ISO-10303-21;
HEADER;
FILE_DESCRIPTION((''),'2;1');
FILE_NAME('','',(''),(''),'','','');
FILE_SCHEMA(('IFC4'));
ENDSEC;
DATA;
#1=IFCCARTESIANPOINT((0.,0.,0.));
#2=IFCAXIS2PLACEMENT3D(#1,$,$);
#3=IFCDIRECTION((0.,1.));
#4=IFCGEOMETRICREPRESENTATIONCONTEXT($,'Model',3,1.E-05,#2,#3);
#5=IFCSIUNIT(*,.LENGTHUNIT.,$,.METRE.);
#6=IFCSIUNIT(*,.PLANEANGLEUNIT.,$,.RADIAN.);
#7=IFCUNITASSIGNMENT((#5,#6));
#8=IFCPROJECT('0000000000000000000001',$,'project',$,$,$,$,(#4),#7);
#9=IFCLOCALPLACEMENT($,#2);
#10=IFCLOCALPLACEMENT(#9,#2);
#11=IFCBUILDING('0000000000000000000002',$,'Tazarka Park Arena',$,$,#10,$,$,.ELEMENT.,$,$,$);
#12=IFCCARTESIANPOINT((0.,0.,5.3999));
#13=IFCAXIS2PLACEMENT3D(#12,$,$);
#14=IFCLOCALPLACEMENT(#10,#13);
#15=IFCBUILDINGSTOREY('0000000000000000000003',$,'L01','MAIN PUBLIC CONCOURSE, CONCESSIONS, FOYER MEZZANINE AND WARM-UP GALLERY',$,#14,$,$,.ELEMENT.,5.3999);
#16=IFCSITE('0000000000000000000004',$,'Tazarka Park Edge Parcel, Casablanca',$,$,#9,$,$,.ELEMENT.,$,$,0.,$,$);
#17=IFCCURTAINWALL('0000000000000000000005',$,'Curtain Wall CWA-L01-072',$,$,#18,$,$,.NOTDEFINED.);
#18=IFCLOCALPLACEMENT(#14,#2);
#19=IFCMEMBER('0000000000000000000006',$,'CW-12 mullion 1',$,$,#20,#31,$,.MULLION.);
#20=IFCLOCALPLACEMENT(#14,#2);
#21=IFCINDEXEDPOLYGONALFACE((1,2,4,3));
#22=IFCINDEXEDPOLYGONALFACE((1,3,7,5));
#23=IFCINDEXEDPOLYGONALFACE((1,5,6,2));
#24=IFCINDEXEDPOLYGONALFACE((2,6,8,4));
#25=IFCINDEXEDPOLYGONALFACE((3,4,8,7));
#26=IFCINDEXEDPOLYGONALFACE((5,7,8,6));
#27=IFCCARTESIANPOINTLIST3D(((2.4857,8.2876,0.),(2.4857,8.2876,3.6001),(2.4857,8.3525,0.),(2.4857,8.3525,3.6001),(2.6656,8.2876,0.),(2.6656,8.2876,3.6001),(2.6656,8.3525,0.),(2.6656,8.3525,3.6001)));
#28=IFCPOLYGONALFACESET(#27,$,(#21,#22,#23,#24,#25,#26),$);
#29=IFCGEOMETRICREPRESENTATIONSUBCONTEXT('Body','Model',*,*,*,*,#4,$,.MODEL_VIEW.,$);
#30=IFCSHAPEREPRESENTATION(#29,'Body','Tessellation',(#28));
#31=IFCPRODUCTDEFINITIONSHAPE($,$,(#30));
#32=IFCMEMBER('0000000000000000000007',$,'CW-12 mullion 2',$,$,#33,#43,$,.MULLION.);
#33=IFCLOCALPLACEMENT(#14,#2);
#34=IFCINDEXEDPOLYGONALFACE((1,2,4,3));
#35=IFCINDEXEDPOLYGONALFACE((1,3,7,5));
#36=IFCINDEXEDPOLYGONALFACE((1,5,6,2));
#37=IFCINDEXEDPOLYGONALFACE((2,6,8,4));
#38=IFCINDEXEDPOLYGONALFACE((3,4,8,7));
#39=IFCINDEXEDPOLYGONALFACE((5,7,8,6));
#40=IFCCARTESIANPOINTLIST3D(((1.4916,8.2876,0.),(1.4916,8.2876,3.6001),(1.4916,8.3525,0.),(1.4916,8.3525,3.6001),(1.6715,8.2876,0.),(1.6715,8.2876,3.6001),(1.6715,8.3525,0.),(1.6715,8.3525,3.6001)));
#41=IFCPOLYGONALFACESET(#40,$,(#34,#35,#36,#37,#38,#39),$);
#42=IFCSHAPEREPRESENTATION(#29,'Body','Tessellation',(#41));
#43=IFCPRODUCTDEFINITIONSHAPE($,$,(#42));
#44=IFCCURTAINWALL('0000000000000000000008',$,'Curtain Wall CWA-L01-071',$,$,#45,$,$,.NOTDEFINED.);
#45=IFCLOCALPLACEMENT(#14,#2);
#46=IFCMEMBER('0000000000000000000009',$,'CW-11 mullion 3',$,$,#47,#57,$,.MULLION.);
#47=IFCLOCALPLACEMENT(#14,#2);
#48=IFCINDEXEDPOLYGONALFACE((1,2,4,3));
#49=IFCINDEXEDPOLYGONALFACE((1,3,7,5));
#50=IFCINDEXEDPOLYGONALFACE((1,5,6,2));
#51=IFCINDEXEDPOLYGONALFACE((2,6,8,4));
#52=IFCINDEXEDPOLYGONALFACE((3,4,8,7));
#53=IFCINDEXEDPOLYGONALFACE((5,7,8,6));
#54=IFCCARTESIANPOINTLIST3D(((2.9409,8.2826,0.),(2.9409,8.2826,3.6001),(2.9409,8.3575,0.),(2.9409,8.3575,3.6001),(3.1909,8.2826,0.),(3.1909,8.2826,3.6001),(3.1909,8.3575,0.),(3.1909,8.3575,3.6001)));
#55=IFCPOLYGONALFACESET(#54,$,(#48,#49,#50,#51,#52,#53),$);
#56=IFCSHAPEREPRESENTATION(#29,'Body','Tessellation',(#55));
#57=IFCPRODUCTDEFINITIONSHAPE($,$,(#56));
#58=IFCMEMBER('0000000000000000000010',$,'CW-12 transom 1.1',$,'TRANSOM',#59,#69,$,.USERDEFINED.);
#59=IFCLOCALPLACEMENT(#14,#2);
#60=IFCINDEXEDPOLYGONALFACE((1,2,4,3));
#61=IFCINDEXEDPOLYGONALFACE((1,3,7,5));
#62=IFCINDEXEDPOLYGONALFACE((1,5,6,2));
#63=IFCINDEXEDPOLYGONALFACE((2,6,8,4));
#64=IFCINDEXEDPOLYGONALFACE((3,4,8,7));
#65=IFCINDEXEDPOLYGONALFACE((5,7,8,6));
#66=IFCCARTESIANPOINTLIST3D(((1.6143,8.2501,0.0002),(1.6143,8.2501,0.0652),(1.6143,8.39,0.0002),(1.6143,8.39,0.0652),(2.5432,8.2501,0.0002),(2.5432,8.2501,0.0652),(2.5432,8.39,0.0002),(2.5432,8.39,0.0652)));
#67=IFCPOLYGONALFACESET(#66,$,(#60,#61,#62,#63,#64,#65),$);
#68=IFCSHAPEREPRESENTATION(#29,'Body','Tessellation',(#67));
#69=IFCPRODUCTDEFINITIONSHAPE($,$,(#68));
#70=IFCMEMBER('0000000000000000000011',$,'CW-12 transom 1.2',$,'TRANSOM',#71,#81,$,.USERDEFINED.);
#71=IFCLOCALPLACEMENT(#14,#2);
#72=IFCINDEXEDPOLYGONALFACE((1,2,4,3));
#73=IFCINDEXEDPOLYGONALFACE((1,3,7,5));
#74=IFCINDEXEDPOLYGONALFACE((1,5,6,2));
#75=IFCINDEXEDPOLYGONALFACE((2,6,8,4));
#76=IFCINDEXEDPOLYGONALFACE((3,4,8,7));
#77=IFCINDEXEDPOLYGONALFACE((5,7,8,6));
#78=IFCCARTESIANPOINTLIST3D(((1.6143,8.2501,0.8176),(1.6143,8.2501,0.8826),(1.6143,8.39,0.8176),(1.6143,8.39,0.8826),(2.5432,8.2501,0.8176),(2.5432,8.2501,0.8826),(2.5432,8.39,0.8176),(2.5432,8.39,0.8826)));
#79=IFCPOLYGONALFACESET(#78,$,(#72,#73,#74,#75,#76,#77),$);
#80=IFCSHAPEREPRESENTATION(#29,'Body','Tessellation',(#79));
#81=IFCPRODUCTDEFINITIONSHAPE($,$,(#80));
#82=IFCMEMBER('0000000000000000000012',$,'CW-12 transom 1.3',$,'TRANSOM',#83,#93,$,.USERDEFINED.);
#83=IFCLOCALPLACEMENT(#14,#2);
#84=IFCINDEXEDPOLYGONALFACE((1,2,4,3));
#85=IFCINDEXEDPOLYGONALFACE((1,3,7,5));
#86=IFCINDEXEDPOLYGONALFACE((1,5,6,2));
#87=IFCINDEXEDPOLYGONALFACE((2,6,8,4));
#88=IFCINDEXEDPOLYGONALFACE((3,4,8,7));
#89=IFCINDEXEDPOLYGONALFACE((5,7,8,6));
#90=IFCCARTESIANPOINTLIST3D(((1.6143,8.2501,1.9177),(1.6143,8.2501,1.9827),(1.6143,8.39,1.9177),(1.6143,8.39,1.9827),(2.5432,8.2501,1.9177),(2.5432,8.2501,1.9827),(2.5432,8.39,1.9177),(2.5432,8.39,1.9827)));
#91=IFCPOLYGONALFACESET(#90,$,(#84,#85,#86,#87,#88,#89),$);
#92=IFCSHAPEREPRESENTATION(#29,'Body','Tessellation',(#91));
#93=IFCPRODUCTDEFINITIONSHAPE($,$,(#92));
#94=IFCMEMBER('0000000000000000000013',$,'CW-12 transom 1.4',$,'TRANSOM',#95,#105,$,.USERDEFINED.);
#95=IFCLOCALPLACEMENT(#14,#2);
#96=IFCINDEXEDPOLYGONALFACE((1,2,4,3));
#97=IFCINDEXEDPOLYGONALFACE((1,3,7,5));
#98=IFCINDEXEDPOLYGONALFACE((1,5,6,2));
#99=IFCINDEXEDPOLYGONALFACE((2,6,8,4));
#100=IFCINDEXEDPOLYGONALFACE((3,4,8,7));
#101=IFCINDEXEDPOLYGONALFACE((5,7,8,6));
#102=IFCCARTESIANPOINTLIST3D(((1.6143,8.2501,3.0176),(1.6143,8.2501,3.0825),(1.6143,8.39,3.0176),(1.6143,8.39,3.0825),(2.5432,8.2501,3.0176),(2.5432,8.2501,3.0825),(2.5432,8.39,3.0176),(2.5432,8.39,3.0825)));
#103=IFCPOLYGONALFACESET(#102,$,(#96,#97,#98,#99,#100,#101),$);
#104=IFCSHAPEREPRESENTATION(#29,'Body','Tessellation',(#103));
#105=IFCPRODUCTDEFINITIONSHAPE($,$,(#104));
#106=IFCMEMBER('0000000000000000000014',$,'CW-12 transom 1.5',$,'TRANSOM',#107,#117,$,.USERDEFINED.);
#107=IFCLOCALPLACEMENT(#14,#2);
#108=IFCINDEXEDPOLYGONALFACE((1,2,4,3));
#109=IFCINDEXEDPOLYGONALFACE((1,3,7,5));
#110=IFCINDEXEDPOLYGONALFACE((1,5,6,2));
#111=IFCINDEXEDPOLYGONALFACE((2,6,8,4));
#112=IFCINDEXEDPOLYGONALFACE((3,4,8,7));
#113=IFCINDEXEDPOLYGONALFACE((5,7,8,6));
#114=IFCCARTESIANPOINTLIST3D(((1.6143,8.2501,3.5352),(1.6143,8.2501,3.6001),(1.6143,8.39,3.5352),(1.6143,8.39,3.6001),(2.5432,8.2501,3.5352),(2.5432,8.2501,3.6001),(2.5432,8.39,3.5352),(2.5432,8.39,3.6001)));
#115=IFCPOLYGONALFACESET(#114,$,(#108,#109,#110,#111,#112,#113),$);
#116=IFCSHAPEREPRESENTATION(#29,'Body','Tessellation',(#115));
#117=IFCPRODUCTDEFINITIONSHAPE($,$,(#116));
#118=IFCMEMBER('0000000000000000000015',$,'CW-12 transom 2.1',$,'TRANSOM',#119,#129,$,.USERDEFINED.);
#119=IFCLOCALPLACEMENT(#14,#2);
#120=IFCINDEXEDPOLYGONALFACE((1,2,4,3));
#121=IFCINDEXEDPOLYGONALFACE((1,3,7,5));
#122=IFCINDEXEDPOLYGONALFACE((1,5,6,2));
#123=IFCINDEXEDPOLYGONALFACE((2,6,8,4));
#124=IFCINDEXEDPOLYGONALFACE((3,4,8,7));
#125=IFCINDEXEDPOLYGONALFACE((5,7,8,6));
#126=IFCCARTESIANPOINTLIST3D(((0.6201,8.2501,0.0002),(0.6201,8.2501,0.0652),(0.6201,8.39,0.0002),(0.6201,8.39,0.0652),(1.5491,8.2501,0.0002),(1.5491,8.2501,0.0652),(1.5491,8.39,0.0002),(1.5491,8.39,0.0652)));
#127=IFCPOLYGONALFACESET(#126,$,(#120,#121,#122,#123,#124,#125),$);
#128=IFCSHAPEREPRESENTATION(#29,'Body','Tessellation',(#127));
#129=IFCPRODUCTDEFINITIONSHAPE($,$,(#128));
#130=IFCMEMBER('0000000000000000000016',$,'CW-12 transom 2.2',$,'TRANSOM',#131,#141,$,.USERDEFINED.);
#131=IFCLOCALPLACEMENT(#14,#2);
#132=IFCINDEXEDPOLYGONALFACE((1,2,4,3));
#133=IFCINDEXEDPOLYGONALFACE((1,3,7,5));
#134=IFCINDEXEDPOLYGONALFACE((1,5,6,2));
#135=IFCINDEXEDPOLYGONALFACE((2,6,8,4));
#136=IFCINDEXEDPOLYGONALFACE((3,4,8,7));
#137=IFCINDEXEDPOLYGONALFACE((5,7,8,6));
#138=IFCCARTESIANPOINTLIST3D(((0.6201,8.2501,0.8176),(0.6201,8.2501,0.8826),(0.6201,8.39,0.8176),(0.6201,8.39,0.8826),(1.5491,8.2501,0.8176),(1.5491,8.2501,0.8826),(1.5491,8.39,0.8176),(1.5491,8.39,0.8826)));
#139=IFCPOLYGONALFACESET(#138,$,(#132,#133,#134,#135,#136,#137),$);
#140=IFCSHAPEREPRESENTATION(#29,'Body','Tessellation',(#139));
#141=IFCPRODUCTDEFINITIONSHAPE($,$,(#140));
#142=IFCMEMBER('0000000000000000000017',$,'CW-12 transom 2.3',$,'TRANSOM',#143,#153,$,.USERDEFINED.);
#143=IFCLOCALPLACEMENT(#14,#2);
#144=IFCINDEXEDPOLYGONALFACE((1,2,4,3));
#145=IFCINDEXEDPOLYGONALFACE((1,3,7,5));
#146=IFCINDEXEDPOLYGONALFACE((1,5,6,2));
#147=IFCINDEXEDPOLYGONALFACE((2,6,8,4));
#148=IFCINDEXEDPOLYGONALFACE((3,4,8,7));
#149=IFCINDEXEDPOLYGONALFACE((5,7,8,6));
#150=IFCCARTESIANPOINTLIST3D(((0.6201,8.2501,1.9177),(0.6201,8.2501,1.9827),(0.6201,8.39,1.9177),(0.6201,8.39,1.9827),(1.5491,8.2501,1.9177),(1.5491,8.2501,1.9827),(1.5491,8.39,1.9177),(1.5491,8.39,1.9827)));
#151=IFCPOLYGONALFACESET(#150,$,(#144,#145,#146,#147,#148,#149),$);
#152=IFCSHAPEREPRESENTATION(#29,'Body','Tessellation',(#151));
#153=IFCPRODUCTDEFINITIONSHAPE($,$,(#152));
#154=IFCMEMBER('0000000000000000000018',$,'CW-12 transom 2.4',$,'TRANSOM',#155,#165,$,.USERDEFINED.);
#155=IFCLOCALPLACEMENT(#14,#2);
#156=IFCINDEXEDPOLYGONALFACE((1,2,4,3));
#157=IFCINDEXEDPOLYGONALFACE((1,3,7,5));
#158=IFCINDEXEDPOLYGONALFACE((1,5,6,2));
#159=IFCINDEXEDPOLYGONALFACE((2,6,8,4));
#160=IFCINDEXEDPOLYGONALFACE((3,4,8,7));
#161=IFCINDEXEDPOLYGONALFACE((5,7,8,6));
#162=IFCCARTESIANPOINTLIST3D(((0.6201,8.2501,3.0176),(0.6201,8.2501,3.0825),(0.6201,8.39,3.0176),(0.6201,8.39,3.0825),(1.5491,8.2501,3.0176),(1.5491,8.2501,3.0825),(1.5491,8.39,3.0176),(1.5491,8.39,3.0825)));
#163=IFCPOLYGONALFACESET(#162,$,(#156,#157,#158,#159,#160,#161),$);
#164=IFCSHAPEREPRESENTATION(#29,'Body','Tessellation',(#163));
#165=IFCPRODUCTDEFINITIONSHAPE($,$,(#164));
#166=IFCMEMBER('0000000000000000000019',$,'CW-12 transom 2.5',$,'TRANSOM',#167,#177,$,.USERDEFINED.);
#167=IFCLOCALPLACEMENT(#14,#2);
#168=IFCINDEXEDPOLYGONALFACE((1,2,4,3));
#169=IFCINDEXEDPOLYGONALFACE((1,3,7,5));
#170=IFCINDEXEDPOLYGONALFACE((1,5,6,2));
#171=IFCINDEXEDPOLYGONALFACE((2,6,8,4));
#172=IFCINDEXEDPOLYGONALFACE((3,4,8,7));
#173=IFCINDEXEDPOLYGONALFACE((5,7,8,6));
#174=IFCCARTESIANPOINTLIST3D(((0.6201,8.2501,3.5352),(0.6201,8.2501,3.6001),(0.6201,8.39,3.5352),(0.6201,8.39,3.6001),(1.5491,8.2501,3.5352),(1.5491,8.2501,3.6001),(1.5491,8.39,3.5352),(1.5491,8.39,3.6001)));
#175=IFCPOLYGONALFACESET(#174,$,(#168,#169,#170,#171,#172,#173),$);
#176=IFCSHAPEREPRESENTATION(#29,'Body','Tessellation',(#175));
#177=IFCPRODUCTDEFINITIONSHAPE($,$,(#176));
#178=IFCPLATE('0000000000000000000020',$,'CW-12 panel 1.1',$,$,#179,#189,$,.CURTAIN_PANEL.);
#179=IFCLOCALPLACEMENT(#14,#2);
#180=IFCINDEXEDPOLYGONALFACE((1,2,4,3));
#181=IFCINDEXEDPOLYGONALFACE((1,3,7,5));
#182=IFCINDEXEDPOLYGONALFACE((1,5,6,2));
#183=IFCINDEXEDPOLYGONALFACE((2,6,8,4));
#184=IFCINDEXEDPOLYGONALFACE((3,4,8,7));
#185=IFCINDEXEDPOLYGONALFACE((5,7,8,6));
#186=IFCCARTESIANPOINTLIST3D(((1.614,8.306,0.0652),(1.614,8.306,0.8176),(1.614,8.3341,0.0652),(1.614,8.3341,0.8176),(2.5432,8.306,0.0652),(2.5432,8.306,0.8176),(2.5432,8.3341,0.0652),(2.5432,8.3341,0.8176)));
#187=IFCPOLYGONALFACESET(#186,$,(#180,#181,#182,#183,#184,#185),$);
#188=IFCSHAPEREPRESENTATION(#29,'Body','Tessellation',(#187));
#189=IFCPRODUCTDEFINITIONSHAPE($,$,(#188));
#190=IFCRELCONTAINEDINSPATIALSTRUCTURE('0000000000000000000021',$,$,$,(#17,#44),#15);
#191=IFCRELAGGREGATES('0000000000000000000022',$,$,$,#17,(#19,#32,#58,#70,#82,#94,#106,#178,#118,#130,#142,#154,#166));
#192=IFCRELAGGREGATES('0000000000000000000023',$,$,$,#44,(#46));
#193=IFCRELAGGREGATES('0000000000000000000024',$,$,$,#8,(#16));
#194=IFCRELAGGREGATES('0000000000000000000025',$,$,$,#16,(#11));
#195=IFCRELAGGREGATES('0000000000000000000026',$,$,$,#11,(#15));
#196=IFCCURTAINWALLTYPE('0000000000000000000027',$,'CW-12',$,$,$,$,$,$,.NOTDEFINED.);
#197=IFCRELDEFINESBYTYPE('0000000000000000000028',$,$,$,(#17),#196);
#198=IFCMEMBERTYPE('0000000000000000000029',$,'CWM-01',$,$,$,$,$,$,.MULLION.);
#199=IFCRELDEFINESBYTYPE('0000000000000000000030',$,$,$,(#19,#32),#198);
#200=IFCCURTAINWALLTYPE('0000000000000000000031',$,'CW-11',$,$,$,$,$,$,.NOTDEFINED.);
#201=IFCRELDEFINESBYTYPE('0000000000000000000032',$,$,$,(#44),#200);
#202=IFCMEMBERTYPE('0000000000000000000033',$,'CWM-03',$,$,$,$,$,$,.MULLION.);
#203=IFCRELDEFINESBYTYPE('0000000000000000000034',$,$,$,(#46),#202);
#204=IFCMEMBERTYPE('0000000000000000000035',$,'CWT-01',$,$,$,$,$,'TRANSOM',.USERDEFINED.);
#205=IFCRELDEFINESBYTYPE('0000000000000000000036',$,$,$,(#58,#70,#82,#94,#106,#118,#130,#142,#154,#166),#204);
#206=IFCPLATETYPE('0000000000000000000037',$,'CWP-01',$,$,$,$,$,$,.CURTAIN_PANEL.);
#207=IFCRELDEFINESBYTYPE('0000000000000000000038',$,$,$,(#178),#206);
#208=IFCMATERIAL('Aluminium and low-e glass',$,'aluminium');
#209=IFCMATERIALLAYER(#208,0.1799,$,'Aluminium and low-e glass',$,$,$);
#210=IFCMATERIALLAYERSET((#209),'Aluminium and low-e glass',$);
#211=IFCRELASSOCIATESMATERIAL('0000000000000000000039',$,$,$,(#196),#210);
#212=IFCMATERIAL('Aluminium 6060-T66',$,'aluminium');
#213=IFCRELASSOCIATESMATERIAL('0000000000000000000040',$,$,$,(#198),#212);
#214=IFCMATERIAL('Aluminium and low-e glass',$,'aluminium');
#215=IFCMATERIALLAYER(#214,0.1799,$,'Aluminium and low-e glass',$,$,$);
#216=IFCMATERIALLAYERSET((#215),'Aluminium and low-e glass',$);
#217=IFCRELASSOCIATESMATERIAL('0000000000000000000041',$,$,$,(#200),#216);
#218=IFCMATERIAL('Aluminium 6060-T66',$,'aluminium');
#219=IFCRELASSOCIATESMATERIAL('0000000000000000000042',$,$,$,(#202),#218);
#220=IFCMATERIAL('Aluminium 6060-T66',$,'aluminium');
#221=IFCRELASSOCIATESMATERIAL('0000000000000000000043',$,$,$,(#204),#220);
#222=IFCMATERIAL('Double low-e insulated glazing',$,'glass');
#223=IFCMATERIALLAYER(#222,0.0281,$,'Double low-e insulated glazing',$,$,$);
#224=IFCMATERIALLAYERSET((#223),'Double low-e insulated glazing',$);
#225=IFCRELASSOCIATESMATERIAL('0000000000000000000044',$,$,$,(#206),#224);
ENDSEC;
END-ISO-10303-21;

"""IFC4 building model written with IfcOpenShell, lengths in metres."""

from ifc_helpers import new_model, si_unit, direction, frame, origin, origin_2d, place, context, subcontext, project, spatial, rectangle, extrude, material, layer, layer_set, material_profile, profile_set, type_object, element, aggregate, save


model = new_model("IFC4")

# Units and contexts
model_context = context("Model", 3, precision=1e-05, world=origin(), true_north=direction((0.0, 1.0)))
body_context = subcontext(model_context, "Body", "Model", "MODEL_VIEW")
ifc_project = project(units=[si_unit("LENGTHUNIT", "METRE"), si_unit("PLANEANGLEUNIT", "RADIAN")], contexts=[model_context])

# Site, building, storey
site_placement = place(None, origin())
site = spatial("IfcSite", under=ifc_project, at=site_placement, Name="Tazarka Park Edge Parcel, Casablanca", CompositionType="ELEMENT", RefElevation=0.0)
building_placement = place(site_placement, origin())
building = spatial("IfcBuilding", under=site, at=building_placement, Name="Tazarka Park Arena", CompositionType="ELEMENT")
storey_placement = place(building_placement, frame((0.0, 0.0, 5.3999)))
storey = spatial("IfcBuildingStorey", under=building, at=storey_placement, Name="L01", Description="MAIN PUBLIC CONCOURSE, CONCESSIONS, FOYER MEZZANINE AND WARM-UP GALLERY", CompositionType="ELEMENT", Elevation=5.3999)

# Curtain wall, members
ifc_material_1 = material(Name="Aluminium and low-e glass", Category="aluminium")
ifc_layer_1 = layer(ifc_material_1, 0.1799, Name="Aluminium and low-e glass")
ifc_layer_set_1 = layer_set([ifc_layer_1], Name="Aluminium and low-e glass")
curtain_wall_type_1 = type_object("IfcCurtainWallType", Name="CW-12", PredefinedType="NOTDEFINED", material=ifc_layer_set_1)
curtain_wall_1_placement = place(storey_placement, origin())
curtain_wall_1 = element("IfcCurtainWall", 1, at=curtain_wall_1_placement, inside=storey, type_object=curtain_wall_type_1, Name="Curtain Wall CWA-L01-072", PredefinedType="NOTDEFINED")
ifc_material_2 = material(Name="Aluminium 6060-T66", Category="aluminium")
ifc_material_profile_1 = material_profile(ifc_material_2, rectangle(XDim=0.0649, YDim=0.1799, at=origin_2d()), Name="Aluminium 6060-T66")
ifc_profile_set_1 = profile_set([ifc_material_profile_1], Name="Aluminium 6060-T66")
member_type_1 = type_object("IfcMemberType", Name="CWM-01", PredefinedType="MULLION", material=ifc_profile_set_1)
member_1_placement = place(storey_placement, frame((2.5757, 8.3201, 0.0), z_axis=(0.0, 0.0, 1.0), x_axis=(0.0, -1.0, 0.0)))
member_1 = element("IfcMember", 2, at=member_1_placement, type_object=member_type_1, Name="CW-12 mullion 1", PredefinedType="MULLION", context=body_context, shape_type="SweptSolid", body=[
    extrude(rectangle(XDim=0.0649, YDim=0.1799, at=origin_2d()), origin(), (0.0, 0.0, 1.0), 3.6001),
])
member_2_placement = place(storey_placement, frame((1.5815, 8.3201, 0.0), z_axis=(0.0, 0.0, 1.0), x_axis=(0.0, -1.0, 0.0)))
member_2 = element("IfcMember", 3, at=member_2_placement, type_object=member_type_1, Name="CW-12 mullion 2", PredefinedType="MULLION", context=body_context, shape_type="SweptSolid", body=[
    extrude(rectangle(XDim=0.0649, YDim=0.1799, at=origin_2d()), origin(), (0.0, 0.0, 1.0), 3.6001),
])

# Curtain wall, member
ifc_material_3 = material(Name="Aluminium and low-e glass", Category="aluminium")
ifc_layer_2 = layer(ifc_material_3, 0.1799, Name="Aluminium and low-e glass")
ifc_layer_set_2 = layer_set([ifc_layer_2], Name="Aluminium and low-e glass")
curtain_wall_type_2 = type_object("IfcCurtainWallType", Name="CW-11", PredefinedType="NOTDEFINED", material=ifc_layer_set_2)
curtain_wall_2_placement = place(storey_placement, origin())
curtain_wall_2 = element("IfcCurtainWall", 4, at=curtain_wall_2_placement, inside=storey, type_object=curtain_wall_type_2, Name="Curtain Wall CWA-L01-071", PredefinedType="NOTDEFINED")
ifc_material_4 = material(Name="Aluminium 6060-T66", Category="aluminium")
ifc_material_profile_2 = material_profile(ifc_material_4, rectangle(XDim=0.075, YDim=0.25, at=origin_2d()), Name="Aluminium 6060-T66")
ifc_profile_set_2 = profile_set([ifc_material_profile_2], Name="Aluminium 6060-T66")
member_type_2 = type_object("IfcMemberType", Name="CWM-03", PredefinedType="MULLION", material=ifc_profile_set_2)
member_3_placement = place(storey_placement, frame((3.0659, 8.3201, 0.0), z_axis=(0.0, 0.0, 1.0), x_axis=(0.0, -1.0, 0.0)))
member_3 = element("IfcMember", 5, at=member_3_placement, type_object=member_type_2, Name="CW-11 mullion 3", PredefinedType="MULLION", context=body_context, shape_type="SweptSolid", body=[
    extrude(rectangle(XDim=0.075, YDim=0.25, at=origin_2d()), origin(), (0.0, 0.0, 1.0), 3.6001),
])

# Members
ifc_material_5 = material(Name="Aluminium 6060-T66", Category="aluminium")
ifc_material_profile_3 = material_profile(ifc_material_5, rectangle(XDim=0.1399, YDim=0.0649, at=origin_2d()), Name="Aluminium 6060-T66")
ifc_profile_set_3 = profile_set([ifc_material_profile_3], Name="Aluminium 6060-T66")
member_type_3 = type_object("IfcMemberType", Name="CWT-01", ElementType="TRANSOM", PredefinedType="USERDEFINED", material=ifc_profile_set_3)
member_4_placement = place(storey_placement, frame((2.5432, 8.3201, 0.0327), z_axis=(-1.0, 0.0, 0.0), x_axis=(0.0, -1.0, 0.0)))
member_4 = element("IfcMember", 6, at=member_4_placement, type_object=member_type_3, Name="CW-12 transom 1.1", ObjectType="TRANSOM", PredefinedType="USERDEFINED", context=body_context, shape_type="SweptSolid", body=[
    extrude(rectangle(XDim=0.1399, YDim=0.0649, at=origin_2d()), origin(), (0.0, 0.0, 1.0), 0.929),
])
member_5_placement = place(storey_placement, frame((2.5432, 8.3201, 0.8501), z_axis=(-1.0, 0.0, 0.0), x_axis=(0.0, -1.0, 0.0)))
member_5 = element("IfcMember", 7, at=member_5_placement, type_object=member_type_3, Name="CW-12 transom 1.2", ObjectType="TRANSOM", PredefinedType="USERDEFINED", context=body_context, shape_type="SweptSolid", body=[
    extrude(rectangle(XDim=0.1399, YDim=0.0649, at=origin_2d()), origin(), (0.0, 0.0, 1.0), 0.929),
])
member_6_placement = place(storey_placement, frame((2.5432, 8.3201, 1.9502), z_axis=(-1.0, 0.0, 0.0), x_axis=(0.0, -1.0, 0.0)))
member_6 = element("IfcMember", 8, at=member_6_placement, type_object=member_type_3, Name="CW-12 transom 1.3", ObjectType="TRANSOM", PredefinedType="USERDEFINED", context=body_context, shape_type="SweptSolid", body=[
    extrude(rectangle(XDim=0.1399, YDim=0.0649, at=origin_2d()), origin(), (0.0, 0.0, 1.0), 0.929),
])
member_7_placement = place(storey_placement, frame((2.5432, 8.3201, 3.05), z_axis=(-1.0, 0.0, 0.0), x_axis=(0.0, -1.0, 0.0)))
member_7 = element("IfcMember", 9, at=member_7_placement, type_object=member_type_3, Name="CW-12 transom 1.4", ObjectType="TRANSOM", PredefinedType="USERDEFINED", context=body_context, shape_type="SweptSolid", body=[
    extrude(rectangle(XDim=0.1399, YDim=0.0649, at=origin_2d()), origin(), (0.0, 0.0, 1.0), 0.929),
])
member_8_placement = place(storey_placement, frame((2.5432, 8.3201, 3.5676), z_axis=(-1.0, 0.0, 0.0), x_axis=(0.0, -1.0, 0.0)))
member_8 = element("IfcMember", 10, at=member_8_placement, type_object=member_type_3, Name="CW-12 transom 1.5", ObjectType="TRANSOM", PredefinedType="USERDEFINED", context=body_context, shape_type="SweptSolid", body=[
    extrude(rectangle(XDim=0.1399, YDim=0.0649, at=origin_2d()), origin(), (0.0, 0.0, 1.0), 0.929),
])
member_9_placement = place(storey_placement, frame((1.5491, 8.3201, 0.0327), z_axis=(-1.0, 0.0, 0.0), x_axis=(0.0, -1.0, 0.0)))
member_9 = element("IfcMember", 11, at=member_9_placement, type_object=member_type_3, Name="CW-12 transom 2.1", ObjectType="TRANSOM", PredefinedType="USERDEFINED", context=body_context, shape_type="SweptSolid", body=[
    extrude(rectangle(XDim=0.1399, YDim=0.0649, at=origin_2d()), origin(), (0.0, 0.0, 1.0), 0.929),
])
member_10_placement = place(storey_placement, frame((1.5491, 8.3201, 0.8501), z_axis=(-1.0, 0.0, 0.0), x_axis=(0.0, -1.0, 0.0)))
member_10 = element("IfcMember", 12, at=member_10_placement, type_object=member_type_3, Name="CW-12 transom 2.2", ObjectType="TRANSOM", PredefinedType="USERDEFINED", context=body_context, shape_type="SweptSolid", body=[
    extrude(rectangle(XDim=0.1399, YDim=0.0649, at=origin_2d()), origin(), (0.0, 0.0, 1.0), 0.929),
])
member_11_placement = place(storey_placement, frame((1.5491, 8.3201, 1.9502), z_axis=(-1.0, 0.0, 0.0), x_axis=(0.0, -1.0, 0.0)))
member_11 = element("IfcMember", 13, at=member_11_placement, type_object=member_type_3, Name="CW-12 transom 2.3", ObjectType="TRANSOM", PredefinedType="USERDEFINED", context=body_context, shape_type="SweptSolid", body=[
    extrude(rectangle(XDim=0.1399, YDim=0.0649, at=origin_2d()), origin(), (0.0, 0.0, 1.0), 0.929),
])
member_12_placement = place(storey_placement, frame((1.5491, 8.3201, 3.05), z_axis=(-1.0, 0.0, 0.0), x_axis=(0.0, -1.0, 0.0)))
member_12 = element("IfcMember", 14, at=member_12_placement, type_object=member_type_3, Name="CW-12 transom 2.4", ObjectType="TRANSOM", PredefinedType="USERDEFINED", context=body_context, shape_type="SweptSolid", body=[
    extrude(rectangle(XDim=0.1399, YDim=0.0649, at=origin_2d()), origin(), (0.0, 0.0, 1.0), 0.929),
])
member_13_placement = place(storey_placement, frame((1.5491, 8.3201, 3.5676), z_axis=(-1.0, 0.0, 0.0), x_axis=(0.0, -1.0, 0.0)))
member_13 = element("IfcMember", 15, at=member_13_placement, type_object=member_type_3, Name="CW-12 transom 2.5", ObjectType="TRANSOM", PredefinedType="USERDEFINED", context=body_context, shape_type="SweptSolid", body=[
    extrude(rectangle(XDim=0.1399, YDim=0.0649, at=origin_2d()), origin(), (0.0, 0.0, 1.0), 0.929),
])

# Plate
ifc_material_6 = material(Name="Double low-e insulated glazing", Category="glass")
ifc_layer_3 = layer(ifc_material_6, 0.0281, Name="Double low-e insulated glazing")
ifc_layer_set_3 = layer_set([ifc_layer_3], Name="Double low-e insulated glazing")
plate_type_1 = type_object("IfcPlateType", Name="CWP-01", PredefinedType="CURTAIN_PANEL", material=ifc_layer_set_3)
plate_1_placement = place(storey_placement, frame((2.0786, 8.3201, 0.0652), z_axis=(0.0, 0.0, 1.0), x_axis=(-1.0, 0.0, 0.0)))
plate_1 = element("IfcPlate", 16, at=plate_1_placement, type_object=plate_type_1, Name="CW-12 panel 1.1", PredefinedType="CURTAIN_PANEL", context=body_context, shape_type="SweptSolid", body=[
    extrude(rectangle(XDim=0.9292, YDim=0.0281, at=origin_2d()), origin(), (0.0, 0.0, 1.0), 0.7524),
])
aggregate(curtain_wall_1, [member_1, member_2, member_4, member_5, member_6, member_7, member_8, plate_1, member_9, member_10, member_11, member_12, member_13])
aggregate(curtain_wall_2, [member_3])

save(model, "model.ifc")
